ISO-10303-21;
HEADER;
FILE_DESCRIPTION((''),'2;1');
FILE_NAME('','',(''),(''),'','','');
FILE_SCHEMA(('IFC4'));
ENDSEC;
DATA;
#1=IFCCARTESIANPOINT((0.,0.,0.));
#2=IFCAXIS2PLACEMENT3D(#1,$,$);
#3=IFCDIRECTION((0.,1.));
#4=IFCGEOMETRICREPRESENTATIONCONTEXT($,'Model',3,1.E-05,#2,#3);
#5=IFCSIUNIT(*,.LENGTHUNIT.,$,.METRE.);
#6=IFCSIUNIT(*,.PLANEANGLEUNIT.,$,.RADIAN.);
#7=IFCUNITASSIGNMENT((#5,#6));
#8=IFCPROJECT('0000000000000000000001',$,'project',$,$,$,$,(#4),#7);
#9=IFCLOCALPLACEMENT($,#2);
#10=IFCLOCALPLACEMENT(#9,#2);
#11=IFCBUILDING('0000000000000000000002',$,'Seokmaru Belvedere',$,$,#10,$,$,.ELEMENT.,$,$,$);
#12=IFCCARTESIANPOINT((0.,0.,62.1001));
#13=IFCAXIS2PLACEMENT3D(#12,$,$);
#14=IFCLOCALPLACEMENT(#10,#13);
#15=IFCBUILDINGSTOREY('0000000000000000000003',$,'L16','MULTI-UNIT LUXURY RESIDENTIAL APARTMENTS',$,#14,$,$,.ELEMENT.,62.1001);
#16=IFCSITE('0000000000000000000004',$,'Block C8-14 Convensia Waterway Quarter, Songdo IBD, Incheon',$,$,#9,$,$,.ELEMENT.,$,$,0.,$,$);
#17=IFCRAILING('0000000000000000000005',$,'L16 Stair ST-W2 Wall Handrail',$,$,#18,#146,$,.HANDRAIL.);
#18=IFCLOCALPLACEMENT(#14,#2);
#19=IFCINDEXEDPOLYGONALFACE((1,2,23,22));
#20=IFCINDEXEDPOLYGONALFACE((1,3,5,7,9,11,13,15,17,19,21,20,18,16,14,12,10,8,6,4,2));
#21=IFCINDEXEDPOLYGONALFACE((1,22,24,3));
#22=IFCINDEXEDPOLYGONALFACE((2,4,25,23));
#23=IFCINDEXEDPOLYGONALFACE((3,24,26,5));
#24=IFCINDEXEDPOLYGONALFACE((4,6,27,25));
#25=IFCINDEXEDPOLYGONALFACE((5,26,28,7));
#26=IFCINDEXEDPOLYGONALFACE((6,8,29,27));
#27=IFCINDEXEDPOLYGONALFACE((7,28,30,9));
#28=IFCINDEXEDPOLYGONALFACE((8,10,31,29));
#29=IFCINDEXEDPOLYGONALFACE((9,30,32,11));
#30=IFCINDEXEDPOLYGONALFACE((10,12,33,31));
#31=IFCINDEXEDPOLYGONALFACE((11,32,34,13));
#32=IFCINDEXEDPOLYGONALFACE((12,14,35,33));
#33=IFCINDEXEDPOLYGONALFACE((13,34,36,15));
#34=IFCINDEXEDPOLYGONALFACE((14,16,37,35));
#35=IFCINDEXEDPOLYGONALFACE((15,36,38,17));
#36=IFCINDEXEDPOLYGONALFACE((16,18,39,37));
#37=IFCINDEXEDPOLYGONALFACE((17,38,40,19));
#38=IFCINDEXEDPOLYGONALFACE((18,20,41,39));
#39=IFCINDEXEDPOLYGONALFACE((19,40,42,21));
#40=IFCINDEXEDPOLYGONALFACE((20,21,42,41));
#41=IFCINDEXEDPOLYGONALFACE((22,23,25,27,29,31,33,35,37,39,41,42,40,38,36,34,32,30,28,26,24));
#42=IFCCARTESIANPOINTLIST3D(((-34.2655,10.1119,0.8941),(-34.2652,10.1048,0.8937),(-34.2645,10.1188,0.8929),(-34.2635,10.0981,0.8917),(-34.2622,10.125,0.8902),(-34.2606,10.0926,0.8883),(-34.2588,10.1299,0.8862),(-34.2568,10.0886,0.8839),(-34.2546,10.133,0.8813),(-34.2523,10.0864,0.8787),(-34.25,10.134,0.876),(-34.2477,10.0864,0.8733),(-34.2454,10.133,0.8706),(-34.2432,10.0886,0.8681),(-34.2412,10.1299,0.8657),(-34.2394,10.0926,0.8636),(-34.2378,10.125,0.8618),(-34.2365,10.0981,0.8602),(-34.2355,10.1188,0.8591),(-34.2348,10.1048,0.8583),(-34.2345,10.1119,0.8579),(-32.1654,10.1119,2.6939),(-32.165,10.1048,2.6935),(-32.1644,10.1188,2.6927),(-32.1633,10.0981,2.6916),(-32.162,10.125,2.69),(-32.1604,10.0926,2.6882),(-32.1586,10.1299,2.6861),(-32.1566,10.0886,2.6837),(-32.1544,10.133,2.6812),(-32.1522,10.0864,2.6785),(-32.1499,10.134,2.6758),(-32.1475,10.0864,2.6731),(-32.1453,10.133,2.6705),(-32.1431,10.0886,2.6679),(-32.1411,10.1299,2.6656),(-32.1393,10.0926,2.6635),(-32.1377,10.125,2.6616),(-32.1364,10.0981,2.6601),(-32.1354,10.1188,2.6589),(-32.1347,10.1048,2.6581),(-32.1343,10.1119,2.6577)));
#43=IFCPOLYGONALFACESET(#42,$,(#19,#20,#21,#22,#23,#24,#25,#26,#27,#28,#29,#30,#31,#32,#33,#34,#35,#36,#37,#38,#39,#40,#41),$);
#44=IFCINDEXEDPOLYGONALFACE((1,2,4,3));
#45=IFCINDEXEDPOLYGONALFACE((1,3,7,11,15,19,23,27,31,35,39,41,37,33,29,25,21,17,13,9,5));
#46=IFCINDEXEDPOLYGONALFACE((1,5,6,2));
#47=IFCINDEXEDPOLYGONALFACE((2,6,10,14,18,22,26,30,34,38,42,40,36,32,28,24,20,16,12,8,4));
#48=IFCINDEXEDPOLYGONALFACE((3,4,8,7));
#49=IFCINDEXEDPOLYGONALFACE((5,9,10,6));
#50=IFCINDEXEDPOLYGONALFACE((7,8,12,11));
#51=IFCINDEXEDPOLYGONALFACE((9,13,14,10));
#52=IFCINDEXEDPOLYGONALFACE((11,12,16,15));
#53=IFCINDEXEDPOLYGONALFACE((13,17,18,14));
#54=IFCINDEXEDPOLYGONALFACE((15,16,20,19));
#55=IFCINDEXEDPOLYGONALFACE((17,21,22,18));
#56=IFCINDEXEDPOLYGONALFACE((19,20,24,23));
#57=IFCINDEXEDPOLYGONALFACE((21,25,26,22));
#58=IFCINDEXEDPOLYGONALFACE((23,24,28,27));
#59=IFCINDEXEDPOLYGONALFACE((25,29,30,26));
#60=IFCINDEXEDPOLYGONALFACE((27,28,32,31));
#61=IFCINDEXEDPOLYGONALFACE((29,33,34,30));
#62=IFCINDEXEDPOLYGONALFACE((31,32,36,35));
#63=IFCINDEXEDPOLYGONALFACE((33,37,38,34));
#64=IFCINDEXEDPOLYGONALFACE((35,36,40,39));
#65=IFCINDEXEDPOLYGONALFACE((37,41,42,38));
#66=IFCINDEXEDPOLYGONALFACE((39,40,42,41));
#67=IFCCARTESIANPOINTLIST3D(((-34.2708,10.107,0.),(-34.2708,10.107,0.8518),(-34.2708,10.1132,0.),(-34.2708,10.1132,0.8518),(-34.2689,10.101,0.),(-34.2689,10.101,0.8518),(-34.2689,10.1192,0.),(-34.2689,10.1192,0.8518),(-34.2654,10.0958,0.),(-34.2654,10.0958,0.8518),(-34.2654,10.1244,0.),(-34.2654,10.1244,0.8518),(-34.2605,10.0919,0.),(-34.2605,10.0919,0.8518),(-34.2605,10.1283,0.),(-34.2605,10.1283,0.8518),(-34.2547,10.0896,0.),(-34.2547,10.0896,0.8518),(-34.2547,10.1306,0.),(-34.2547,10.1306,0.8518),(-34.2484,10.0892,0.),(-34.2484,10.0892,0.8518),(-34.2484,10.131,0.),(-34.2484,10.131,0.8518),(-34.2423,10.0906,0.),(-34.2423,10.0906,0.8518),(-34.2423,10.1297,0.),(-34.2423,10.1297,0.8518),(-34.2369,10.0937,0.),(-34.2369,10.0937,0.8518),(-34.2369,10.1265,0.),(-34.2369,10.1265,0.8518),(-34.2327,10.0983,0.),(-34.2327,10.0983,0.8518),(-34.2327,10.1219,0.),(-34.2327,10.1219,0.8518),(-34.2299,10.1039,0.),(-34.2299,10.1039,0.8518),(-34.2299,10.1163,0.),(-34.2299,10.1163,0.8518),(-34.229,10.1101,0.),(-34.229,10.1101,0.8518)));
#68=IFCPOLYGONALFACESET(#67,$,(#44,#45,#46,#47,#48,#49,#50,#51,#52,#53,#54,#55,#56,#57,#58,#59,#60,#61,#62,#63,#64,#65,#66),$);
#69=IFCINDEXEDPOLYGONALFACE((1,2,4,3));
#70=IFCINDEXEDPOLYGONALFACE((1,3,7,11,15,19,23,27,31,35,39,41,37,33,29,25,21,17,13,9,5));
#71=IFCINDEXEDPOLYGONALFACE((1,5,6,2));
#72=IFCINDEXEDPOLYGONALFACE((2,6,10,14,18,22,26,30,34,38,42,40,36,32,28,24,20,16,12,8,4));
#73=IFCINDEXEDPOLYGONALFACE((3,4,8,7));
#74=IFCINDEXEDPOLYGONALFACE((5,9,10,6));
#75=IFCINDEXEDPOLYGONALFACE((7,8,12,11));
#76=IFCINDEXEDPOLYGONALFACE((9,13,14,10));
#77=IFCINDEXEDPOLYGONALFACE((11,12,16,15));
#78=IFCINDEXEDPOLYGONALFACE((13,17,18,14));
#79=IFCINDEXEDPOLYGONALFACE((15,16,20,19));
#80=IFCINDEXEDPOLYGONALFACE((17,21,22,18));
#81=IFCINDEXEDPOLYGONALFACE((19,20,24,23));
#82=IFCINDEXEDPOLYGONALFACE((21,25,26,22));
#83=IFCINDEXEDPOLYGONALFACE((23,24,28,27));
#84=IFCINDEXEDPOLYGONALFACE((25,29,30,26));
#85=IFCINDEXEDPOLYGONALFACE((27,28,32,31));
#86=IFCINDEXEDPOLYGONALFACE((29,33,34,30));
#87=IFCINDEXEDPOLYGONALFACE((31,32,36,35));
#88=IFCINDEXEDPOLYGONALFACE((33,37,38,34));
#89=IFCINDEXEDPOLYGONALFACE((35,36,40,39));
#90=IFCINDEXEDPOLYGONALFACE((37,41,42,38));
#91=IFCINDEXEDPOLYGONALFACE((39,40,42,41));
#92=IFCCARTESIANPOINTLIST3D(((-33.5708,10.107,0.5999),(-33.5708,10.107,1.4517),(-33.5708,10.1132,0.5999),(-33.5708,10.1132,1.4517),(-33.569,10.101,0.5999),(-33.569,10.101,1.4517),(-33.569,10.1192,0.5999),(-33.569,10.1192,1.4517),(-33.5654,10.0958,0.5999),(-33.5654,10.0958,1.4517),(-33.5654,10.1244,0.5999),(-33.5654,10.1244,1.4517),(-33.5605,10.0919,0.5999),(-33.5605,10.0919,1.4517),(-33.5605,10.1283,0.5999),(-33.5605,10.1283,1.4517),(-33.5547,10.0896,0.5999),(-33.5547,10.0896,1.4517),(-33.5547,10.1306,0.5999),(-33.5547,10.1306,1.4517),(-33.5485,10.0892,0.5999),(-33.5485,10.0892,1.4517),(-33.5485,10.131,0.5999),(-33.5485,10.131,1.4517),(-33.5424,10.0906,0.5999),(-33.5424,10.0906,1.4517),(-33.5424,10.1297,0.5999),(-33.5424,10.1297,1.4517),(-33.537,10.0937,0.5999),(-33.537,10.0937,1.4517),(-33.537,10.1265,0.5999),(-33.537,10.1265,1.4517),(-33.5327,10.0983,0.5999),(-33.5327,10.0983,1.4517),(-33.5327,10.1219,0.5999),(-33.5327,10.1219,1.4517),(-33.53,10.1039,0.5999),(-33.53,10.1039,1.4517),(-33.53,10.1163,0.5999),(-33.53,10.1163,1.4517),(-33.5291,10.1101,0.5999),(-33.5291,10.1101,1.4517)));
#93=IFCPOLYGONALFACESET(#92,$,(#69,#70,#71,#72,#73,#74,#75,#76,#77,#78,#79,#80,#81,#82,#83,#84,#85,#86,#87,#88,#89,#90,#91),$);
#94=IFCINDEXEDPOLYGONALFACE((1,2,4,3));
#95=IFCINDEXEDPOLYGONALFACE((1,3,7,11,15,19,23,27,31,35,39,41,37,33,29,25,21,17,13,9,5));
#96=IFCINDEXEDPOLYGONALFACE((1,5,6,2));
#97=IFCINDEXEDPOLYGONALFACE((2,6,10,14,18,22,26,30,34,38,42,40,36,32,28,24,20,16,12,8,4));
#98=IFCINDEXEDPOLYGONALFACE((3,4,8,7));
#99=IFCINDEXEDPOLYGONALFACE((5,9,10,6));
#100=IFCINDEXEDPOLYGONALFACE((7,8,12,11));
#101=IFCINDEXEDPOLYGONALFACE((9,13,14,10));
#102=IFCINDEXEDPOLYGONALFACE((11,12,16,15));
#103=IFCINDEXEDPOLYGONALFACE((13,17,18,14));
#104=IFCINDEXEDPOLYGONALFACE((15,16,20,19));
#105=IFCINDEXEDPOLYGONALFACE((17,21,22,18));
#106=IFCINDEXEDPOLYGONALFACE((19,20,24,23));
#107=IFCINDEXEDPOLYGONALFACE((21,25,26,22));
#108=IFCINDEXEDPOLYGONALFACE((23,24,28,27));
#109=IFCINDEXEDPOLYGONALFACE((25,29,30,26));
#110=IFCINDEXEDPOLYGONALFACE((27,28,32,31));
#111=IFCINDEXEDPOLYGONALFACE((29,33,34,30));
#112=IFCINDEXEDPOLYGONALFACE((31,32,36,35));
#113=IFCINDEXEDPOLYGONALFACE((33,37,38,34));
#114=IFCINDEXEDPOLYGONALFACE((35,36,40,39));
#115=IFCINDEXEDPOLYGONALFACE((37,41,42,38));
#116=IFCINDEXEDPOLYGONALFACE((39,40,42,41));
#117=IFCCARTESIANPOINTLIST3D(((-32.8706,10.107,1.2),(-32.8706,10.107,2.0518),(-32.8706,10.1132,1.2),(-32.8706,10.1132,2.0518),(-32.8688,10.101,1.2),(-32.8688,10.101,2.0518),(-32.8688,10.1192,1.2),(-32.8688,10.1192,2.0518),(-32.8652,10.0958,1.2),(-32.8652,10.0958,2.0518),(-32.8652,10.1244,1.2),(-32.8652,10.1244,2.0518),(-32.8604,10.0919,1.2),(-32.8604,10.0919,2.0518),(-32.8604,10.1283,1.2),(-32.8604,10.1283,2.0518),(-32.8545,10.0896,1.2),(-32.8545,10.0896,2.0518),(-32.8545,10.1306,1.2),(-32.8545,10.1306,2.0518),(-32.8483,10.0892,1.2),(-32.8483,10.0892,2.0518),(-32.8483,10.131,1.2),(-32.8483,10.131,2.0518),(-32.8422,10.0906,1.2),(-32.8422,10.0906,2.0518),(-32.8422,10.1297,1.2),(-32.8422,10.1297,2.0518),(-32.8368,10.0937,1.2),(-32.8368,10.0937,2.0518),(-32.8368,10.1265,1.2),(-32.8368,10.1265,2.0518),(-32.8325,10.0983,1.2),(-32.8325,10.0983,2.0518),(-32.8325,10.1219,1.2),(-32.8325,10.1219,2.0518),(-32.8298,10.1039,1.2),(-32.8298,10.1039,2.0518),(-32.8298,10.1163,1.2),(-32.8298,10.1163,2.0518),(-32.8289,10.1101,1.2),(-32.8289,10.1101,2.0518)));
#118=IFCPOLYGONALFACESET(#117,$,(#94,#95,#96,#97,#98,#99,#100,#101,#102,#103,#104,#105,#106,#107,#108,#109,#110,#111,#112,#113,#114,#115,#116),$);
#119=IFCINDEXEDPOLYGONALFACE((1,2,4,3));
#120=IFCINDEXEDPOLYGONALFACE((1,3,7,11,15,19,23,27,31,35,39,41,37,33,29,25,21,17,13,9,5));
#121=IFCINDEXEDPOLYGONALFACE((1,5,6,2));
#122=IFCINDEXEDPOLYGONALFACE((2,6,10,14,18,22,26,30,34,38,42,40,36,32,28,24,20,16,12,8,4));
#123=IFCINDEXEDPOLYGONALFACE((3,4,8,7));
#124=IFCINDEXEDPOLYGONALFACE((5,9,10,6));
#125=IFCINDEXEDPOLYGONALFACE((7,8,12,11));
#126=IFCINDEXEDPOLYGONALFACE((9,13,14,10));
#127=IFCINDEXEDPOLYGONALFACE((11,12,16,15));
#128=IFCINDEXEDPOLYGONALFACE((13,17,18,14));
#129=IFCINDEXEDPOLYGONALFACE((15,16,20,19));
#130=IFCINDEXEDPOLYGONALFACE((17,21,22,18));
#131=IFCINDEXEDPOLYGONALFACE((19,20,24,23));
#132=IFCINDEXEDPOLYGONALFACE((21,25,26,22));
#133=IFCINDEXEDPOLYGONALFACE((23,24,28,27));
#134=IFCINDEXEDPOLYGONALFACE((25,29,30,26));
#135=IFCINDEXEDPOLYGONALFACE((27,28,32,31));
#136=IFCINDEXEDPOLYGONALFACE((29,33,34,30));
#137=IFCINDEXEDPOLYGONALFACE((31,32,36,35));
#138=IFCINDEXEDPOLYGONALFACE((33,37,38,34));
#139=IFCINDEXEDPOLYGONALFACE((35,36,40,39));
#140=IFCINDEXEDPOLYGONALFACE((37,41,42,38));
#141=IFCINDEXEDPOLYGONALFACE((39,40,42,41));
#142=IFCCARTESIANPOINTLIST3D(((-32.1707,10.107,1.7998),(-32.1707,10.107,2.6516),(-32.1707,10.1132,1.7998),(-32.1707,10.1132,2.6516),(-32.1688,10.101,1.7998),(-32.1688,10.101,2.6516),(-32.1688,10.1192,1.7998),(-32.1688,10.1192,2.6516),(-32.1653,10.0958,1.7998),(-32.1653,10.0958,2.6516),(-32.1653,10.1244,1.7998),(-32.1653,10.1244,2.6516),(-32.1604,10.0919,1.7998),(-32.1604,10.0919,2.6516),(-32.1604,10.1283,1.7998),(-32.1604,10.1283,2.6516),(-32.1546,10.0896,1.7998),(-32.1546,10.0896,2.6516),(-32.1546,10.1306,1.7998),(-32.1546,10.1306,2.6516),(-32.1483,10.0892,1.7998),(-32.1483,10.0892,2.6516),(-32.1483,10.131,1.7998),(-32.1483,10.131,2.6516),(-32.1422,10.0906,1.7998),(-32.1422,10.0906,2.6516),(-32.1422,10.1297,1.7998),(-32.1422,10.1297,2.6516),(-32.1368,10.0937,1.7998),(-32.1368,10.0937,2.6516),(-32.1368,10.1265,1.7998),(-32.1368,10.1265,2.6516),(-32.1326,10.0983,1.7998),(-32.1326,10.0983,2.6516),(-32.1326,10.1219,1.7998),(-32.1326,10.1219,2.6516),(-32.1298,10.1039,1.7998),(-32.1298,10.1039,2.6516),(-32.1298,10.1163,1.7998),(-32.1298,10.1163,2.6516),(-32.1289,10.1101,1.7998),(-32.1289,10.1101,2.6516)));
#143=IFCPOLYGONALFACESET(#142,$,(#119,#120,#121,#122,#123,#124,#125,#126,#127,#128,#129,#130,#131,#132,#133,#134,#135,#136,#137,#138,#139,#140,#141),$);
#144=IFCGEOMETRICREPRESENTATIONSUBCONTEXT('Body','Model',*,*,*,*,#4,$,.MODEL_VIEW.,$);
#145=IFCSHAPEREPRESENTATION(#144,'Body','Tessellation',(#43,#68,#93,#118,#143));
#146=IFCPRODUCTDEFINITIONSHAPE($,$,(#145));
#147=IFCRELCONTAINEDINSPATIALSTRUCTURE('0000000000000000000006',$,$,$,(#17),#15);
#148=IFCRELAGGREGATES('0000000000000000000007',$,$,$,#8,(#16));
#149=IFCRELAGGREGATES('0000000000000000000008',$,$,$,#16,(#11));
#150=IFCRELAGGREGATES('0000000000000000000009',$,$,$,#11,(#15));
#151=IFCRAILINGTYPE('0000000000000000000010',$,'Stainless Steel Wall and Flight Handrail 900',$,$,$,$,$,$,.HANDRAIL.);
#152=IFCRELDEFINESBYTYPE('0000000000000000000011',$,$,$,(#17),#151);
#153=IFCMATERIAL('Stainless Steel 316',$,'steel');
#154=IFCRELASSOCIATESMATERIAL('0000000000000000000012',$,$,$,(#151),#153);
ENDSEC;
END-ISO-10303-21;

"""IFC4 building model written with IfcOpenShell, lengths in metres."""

from ifc_helpers import new_model, si_unit, direction, frame, origin, origin_2d, place, context, subcontext, project, spatial, circle, extrude, material, type_object, element, save


model = new_model("IFC4")

# Units and contexts
model_context = context("Model", 3, precision=1e-05, world=origin(), true_north=direction((0.0, 1.0)))
body_context = subcontext(model_context, "Body", "Model", "MODEL_VIEW")
ifc_project = project(units=[si_unit("LENGTHUNIT", "METRE"), si_unit("PLANEANGLEUNIT", "RADIAN")], contexts=[model_context])

# Site, building, storey
site_placement = place(None, origin())
site = spatial("IfcSite", under=ifc_project, at=site_placement, Name="Block C8-14 Convensia Waterway Quarter, Songdo IBD, Incheon", CompositionType="ELEMENT", RefElevation=0.0)
building_placement = place(site_placement, origin())
building = spatial("IfcBuilding", under=site, at=building_placement, Name="Seokmaru Belvedere", CompositionType="ELEMENT")
storey_placement = place(building_placement, frame((0.0, 0.0, 62.1001)))
storey = spatial("IfcBuildingStorey", under=building, at=storey_placement, Name="L16", Description="MULTI-UNIT LUXURY RESIDENTIAL APARTMENTS", CompositionType="ELEMENT", Elevation=62.1001)

# Railing
ifc_material_1 = material(Name="Stainless Steel 316", Category="steel")
railing_type_1 = type_object("IfcRailingType", Name="Stainless Steel Wall and Flight Handrail 900", PredefinedType="HANDRAIL", material=ifc_material_1)
railing_1_placement = place(storey_placement, frame((-34.25, 10.1101, 0.0)))
element("IfcRailing", 1, at=railing_1_placement, inside=storey, type_object=railing_type_1, Name="L16 Stair ST-W2 Wall Handrail", PredefinedType="HANDRAIL", context=body_context, shape_type="SweptSolid", body=[
    extrude(circle(Radius=0.0239, at=origin_2d()), frame((0.0, 0.0, 0.876), z_axis=(0.759306, 0.0, 0.650733), x_axis=(0.0, 1.0, 0.0)), (0.0, 0.0, 1.0), 2.7659),
    extrude(circle(Radius=0.021, at=origin_2d()), origin(), (0.0, 0.0, 1.0), 0.8518),
    extrude(circle(Radius=0.021, at=origin_2d()), frame((0.7, 0.0, 0.5999)), (0.0, 0.0, 1.0), 0.8518),
    extrude(circle(Radius=0.021, at=origin_2d()), frame((1.4001, 0.0, 1.2)), (0.0, 0.0, 1.0), 0.8518),
    extrude(circle(Radius=0.021, at=origin_2d()), frame((2.1001, 0.0, 1.7998)), (0.0, 0.0, 1.0), 0.8518),
])

save(model, "model.ifc")
